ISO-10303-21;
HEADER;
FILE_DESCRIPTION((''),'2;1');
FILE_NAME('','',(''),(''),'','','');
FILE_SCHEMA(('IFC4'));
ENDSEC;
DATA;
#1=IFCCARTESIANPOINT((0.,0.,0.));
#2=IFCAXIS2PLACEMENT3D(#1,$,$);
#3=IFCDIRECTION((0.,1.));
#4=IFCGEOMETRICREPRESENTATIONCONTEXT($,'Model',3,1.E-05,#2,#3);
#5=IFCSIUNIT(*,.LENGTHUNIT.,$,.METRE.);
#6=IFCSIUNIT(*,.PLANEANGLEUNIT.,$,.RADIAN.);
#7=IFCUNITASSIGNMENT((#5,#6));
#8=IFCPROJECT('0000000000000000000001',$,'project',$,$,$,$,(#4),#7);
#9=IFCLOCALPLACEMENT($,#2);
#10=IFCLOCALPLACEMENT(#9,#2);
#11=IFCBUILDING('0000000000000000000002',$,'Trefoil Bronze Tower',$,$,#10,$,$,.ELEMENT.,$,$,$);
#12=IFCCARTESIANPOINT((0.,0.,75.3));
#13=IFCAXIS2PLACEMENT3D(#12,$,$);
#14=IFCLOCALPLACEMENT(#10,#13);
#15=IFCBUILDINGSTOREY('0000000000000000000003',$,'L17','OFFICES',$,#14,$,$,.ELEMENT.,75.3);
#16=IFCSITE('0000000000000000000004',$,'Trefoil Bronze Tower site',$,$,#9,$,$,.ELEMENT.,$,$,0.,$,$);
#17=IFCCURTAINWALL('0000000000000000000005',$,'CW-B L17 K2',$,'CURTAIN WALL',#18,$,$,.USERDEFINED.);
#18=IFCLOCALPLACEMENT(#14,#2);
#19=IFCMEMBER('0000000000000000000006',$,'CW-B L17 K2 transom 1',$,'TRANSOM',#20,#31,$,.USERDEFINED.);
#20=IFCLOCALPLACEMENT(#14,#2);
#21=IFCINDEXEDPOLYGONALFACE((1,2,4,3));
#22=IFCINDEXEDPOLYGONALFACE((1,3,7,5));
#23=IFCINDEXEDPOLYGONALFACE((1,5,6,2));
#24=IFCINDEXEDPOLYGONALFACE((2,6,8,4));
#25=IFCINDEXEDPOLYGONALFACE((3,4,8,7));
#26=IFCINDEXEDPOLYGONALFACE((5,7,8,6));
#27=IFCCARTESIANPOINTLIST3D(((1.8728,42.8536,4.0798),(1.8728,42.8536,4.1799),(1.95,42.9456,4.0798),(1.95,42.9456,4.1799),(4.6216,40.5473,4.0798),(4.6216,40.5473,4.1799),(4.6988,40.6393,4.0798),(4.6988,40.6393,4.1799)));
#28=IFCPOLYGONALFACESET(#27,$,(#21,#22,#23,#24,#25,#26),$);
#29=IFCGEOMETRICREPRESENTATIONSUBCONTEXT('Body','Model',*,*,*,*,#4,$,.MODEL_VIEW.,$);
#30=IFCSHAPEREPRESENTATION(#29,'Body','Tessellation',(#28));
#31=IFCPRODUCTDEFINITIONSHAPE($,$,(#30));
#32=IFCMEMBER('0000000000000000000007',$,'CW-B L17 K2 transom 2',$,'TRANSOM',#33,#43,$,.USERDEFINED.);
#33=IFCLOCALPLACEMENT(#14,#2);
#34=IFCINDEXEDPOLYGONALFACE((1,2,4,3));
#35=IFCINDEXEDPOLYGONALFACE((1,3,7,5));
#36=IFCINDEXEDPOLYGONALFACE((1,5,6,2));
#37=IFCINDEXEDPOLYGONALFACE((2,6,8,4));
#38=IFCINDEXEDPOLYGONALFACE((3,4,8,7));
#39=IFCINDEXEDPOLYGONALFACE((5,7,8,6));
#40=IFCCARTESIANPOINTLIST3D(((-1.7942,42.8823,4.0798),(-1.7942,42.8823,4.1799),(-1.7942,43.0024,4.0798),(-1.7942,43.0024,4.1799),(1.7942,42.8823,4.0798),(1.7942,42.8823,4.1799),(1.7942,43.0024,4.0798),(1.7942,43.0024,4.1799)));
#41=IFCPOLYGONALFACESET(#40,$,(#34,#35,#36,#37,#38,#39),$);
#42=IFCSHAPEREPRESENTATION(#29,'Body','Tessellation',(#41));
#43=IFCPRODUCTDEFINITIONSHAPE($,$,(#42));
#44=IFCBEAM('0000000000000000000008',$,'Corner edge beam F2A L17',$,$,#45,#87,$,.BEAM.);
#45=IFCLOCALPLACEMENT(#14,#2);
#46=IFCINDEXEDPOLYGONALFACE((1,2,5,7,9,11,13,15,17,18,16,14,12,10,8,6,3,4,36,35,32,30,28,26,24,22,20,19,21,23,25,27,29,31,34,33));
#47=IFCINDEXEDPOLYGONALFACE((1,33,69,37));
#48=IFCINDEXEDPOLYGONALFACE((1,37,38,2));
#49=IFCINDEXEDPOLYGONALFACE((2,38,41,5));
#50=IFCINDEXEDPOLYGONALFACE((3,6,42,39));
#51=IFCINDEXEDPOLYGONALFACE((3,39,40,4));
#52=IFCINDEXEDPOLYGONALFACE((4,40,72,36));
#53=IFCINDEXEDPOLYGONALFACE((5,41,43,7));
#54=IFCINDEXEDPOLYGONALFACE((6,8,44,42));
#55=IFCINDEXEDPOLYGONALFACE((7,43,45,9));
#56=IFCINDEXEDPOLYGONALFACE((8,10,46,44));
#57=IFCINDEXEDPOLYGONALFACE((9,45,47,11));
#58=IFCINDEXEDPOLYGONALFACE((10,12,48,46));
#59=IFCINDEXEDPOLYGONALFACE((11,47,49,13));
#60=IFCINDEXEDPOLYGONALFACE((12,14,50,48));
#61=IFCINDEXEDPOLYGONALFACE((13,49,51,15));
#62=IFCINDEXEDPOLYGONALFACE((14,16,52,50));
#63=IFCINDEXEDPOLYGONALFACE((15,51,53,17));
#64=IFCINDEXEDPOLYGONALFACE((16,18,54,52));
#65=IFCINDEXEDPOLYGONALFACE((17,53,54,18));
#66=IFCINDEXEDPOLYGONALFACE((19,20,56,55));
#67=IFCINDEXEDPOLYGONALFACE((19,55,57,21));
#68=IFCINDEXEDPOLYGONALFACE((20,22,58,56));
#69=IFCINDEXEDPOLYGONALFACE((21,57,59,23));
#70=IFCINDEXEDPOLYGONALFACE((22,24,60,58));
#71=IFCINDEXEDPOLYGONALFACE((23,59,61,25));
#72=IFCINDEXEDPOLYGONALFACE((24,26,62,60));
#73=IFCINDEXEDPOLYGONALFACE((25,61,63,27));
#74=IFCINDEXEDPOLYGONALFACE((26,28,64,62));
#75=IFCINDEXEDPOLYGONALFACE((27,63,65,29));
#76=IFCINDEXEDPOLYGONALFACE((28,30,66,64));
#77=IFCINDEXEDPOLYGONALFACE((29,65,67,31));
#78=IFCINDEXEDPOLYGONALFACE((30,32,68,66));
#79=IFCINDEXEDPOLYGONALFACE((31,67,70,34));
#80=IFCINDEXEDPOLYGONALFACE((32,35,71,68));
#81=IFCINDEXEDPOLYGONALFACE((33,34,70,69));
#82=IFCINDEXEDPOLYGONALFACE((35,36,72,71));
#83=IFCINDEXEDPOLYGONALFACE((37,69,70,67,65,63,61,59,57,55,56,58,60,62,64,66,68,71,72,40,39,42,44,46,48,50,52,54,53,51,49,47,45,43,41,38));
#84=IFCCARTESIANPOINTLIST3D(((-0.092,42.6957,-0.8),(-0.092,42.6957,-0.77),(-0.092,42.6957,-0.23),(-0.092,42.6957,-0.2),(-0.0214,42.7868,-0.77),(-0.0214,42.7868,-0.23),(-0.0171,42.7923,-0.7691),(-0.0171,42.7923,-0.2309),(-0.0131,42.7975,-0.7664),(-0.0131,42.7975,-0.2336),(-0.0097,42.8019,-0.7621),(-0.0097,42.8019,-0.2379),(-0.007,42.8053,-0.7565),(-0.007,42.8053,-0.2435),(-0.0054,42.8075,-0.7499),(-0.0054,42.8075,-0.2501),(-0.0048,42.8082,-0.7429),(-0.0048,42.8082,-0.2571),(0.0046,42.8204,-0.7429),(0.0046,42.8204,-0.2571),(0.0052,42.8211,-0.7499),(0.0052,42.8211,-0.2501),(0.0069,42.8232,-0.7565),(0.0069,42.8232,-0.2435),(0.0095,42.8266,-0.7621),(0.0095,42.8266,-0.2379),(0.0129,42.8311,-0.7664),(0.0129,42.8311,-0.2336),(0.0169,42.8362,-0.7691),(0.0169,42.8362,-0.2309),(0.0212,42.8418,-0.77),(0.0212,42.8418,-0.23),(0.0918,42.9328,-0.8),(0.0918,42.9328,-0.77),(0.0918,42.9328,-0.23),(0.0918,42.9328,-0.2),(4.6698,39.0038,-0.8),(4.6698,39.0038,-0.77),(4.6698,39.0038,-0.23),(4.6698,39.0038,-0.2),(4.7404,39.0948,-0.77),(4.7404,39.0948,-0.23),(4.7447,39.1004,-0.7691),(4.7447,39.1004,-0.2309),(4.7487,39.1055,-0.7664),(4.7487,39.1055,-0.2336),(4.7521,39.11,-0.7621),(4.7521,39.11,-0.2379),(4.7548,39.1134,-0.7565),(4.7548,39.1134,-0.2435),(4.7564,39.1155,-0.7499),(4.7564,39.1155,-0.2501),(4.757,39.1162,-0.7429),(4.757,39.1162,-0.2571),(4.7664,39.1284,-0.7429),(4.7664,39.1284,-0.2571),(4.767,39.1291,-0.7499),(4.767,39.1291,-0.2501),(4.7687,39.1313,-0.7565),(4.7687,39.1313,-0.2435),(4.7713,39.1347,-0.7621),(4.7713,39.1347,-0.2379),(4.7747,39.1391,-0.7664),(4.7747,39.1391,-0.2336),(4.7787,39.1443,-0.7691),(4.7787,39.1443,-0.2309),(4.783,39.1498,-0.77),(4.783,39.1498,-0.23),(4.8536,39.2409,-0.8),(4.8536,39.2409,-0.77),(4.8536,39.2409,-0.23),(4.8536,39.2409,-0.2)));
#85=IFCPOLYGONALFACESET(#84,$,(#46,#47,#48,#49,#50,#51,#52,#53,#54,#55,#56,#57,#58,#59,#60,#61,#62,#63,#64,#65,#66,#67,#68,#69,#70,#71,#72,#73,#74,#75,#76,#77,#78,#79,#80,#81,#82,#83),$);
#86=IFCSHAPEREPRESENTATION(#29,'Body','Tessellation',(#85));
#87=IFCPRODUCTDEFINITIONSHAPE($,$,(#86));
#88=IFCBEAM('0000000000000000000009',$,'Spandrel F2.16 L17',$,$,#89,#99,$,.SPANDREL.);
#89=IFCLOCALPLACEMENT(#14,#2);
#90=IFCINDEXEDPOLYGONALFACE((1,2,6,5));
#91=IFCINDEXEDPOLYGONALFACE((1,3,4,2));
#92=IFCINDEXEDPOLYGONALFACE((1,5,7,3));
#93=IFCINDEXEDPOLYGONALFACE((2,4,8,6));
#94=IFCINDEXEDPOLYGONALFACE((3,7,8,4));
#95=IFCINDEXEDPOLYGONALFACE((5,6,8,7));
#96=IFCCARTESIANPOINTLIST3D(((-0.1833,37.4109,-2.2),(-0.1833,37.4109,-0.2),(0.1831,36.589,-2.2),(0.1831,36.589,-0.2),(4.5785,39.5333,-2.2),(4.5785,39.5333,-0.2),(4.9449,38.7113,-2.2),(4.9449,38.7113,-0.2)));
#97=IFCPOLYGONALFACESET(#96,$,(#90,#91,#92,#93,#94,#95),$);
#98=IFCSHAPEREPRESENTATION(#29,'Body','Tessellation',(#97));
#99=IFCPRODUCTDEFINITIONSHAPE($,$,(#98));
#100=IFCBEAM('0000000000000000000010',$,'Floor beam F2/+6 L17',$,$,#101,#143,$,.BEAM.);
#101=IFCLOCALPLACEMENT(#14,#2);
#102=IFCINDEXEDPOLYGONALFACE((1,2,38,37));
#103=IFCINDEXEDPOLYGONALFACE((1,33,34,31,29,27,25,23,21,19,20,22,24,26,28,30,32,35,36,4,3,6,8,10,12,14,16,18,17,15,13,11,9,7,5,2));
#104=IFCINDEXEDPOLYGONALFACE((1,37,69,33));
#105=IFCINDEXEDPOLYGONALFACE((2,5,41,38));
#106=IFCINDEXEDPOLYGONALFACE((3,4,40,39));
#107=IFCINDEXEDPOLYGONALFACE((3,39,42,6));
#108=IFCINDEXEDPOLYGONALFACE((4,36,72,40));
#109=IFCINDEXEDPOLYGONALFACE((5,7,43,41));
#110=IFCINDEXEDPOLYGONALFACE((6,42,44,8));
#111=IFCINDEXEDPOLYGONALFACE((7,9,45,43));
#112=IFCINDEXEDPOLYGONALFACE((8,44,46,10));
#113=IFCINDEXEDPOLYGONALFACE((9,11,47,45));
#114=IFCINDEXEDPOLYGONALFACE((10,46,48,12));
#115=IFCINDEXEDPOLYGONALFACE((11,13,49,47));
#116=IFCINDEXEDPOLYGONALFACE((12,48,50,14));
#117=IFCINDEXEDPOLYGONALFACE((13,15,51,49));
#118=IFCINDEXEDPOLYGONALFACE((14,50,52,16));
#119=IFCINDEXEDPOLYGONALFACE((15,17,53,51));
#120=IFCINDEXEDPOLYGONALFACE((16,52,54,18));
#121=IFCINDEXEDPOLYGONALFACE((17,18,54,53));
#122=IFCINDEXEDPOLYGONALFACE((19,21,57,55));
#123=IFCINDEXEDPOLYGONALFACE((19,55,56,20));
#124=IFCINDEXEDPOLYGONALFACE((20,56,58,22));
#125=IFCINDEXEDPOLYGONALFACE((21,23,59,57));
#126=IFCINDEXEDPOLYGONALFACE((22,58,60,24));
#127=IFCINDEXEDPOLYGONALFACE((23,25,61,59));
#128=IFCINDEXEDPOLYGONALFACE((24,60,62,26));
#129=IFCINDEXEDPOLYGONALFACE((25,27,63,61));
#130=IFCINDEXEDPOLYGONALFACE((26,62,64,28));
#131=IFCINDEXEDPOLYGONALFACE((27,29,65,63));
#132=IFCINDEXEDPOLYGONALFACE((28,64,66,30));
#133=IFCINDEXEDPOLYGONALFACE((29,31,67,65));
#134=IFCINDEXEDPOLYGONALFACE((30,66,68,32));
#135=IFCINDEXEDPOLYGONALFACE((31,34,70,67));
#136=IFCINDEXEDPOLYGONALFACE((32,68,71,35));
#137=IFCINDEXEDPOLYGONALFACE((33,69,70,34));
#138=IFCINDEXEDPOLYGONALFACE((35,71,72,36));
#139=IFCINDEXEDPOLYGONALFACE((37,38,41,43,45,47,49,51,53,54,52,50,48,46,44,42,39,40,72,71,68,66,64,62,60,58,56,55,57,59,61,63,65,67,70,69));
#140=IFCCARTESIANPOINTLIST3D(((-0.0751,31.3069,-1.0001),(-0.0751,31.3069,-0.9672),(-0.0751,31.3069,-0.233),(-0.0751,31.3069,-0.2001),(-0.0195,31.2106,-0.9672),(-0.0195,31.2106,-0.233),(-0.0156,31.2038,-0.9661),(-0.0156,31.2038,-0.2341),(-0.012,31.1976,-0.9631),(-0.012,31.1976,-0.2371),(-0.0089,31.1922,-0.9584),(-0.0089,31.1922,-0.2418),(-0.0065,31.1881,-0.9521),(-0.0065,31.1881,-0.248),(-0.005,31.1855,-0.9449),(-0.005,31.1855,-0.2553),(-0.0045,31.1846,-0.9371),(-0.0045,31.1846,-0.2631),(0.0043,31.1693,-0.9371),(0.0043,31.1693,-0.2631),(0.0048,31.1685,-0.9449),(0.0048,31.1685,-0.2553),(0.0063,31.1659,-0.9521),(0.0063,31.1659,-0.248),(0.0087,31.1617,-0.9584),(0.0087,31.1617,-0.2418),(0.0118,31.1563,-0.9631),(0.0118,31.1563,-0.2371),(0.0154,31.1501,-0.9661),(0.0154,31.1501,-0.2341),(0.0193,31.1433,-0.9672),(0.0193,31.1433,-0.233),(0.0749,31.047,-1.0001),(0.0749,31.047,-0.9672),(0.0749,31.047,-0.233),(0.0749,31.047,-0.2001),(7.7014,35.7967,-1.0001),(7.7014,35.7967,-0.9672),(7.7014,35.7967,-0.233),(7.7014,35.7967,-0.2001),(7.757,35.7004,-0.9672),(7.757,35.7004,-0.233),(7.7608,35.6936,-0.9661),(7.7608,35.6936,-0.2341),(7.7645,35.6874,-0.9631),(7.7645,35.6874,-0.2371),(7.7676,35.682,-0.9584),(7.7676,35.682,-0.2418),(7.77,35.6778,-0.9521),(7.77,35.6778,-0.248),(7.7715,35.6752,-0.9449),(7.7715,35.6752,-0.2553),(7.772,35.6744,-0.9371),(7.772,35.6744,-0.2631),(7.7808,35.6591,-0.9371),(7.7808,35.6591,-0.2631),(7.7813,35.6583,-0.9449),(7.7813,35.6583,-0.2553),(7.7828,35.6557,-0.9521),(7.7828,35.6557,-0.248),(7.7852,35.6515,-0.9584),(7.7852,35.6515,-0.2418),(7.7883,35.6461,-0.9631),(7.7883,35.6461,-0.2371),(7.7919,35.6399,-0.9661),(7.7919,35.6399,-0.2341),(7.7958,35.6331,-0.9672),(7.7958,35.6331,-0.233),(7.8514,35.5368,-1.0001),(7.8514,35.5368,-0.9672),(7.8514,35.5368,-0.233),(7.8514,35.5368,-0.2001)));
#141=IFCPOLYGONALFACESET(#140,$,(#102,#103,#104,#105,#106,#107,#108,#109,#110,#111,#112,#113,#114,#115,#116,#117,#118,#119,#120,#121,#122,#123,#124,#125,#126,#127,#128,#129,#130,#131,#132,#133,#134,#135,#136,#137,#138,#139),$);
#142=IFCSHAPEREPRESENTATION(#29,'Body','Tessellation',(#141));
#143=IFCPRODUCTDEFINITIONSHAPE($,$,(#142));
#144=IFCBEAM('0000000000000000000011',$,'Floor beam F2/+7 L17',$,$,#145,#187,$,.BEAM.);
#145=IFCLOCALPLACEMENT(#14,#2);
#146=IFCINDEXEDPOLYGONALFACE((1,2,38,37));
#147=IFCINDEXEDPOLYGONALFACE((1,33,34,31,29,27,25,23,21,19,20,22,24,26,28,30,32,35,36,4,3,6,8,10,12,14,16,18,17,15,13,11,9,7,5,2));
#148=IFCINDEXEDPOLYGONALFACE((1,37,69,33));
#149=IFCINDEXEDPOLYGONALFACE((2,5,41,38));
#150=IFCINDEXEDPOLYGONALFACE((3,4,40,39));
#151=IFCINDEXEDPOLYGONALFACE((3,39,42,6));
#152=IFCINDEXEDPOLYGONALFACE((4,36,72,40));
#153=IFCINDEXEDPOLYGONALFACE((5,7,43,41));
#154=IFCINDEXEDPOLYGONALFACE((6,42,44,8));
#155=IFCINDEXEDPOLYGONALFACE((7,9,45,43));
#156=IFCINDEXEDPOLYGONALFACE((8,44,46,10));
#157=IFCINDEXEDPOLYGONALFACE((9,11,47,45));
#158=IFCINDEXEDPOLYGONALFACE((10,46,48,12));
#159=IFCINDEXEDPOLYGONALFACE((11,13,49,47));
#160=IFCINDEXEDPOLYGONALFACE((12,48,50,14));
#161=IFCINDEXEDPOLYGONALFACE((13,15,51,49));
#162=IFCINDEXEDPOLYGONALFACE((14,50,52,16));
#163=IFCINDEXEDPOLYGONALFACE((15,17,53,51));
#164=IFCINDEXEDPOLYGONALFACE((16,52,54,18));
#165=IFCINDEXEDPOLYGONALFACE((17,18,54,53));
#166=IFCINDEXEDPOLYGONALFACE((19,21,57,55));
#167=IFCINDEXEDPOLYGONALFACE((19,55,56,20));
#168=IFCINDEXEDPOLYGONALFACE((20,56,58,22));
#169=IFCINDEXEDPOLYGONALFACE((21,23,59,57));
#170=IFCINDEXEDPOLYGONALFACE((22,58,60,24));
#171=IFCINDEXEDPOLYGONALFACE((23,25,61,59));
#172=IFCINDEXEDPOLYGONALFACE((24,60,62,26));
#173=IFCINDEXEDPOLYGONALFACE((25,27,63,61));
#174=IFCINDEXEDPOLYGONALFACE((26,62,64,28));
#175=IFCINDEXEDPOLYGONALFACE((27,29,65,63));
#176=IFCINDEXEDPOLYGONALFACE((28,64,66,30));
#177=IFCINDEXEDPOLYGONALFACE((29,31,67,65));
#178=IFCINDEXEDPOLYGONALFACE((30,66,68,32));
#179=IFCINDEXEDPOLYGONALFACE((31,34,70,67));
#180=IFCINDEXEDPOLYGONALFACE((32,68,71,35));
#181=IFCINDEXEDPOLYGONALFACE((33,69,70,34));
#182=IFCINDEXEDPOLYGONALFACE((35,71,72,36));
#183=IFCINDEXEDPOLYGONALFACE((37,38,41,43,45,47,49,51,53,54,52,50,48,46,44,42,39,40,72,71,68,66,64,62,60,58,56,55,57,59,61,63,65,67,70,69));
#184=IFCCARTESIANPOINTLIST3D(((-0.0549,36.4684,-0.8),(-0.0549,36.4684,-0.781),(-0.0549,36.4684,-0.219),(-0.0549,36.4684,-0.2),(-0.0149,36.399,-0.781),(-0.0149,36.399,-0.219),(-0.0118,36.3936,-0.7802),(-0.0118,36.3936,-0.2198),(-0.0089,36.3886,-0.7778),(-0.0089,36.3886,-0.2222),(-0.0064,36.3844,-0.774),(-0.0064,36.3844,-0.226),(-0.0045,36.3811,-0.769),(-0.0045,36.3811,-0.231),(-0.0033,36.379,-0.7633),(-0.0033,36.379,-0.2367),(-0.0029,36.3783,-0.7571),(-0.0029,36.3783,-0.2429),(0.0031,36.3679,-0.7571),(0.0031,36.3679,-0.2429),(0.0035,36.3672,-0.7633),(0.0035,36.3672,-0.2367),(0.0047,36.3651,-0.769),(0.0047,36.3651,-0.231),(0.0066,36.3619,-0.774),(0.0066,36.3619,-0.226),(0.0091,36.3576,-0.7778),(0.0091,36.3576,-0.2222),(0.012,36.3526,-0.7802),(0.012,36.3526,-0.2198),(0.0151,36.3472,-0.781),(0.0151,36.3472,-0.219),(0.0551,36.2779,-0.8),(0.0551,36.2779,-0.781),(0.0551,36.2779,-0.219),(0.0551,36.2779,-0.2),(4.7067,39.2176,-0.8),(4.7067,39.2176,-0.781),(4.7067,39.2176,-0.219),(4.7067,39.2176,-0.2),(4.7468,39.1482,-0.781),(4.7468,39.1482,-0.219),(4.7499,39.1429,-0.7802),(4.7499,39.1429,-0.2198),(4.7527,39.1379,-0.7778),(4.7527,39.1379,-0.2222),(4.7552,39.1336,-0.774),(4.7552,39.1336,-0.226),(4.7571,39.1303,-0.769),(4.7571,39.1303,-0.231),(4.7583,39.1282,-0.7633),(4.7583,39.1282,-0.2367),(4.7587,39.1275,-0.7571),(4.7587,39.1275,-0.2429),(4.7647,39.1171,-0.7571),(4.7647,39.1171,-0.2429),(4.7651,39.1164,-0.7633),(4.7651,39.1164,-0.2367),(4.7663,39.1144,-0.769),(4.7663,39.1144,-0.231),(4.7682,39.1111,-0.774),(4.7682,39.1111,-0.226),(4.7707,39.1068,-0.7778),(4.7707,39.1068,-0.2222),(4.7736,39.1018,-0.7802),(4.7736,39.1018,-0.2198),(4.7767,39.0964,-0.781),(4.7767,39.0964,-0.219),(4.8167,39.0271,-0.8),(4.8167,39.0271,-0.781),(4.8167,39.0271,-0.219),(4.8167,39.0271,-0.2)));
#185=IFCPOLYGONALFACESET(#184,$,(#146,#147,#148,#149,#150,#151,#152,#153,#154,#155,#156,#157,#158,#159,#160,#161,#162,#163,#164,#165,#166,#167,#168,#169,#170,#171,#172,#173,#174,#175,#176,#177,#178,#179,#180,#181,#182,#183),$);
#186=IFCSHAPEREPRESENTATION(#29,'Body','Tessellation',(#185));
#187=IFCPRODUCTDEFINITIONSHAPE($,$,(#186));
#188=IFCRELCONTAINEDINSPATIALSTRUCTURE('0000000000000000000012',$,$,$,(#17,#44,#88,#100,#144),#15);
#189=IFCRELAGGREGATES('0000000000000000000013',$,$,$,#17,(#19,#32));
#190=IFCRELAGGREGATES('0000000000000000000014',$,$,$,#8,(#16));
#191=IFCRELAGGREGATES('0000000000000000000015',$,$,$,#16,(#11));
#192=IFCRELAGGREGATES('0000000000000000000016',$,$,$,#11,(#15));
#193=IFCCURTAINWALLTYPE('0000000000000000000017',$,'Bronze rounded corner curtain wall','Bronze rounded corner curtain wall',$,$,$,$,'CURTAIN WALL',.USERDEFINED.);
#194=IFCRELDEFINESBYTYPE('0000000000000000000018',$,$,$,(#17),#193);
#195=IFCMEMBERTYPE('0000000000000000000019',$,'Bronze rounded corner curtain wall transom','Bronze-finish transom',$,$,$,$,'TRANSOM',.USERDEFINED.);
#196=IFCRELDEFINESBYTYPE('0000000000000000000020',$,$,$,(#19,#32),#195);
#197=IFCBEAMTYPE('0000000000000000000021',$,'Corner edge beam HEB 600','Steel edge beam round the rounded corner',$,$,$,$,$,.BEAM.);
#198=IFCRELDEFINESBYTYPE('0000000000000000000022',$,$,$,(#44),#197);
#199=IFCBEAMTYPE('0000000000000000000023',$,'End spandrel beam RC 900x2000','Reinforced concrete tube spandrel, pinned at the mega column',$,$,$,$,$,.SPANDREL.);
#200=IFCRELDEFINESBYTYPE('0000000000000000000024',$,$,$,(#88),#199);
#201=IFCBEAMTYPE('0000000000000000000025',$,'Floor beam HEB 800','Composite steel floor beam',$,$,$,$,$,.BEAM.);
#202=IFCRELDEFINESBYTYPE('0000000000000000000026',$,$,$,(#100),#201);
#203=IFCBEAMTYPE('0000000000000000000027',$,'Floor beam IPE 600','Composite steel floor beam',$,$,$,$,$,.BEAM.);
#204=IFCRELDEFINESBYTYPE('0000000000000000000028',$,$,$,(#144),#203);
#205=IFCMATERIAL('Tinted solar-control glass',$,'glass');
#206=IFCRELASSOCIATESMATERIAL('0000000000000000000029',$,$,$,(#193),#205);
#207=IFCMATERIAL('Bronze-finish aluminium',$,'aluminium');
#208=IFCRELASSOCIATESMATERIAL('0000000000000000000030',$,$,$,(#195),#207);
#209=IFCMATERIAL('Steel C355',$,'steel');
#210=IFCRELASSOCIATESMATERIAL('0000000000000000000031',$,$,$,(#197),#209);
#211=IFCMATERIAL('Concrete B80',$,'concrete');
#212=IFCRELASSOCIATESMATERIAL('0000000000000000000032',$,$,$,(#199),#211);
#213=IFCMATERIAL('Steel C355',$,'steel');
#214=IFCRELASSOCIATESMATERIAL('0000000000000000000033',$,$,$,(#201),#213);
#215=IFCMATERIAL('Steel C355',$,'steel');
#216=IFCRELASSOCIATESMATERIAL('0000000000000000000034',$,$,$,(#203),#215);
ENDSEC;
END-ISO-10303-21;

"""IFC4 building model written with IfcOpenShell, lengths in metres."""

from ifc_helpers import new_model, si_unit, direction, frame, origin, origin_2d, place, context, subcontext, project, spatial, rectangle, i_section, extrude, material, material_profile, profile_set, type_object, element, aggregate, save


model = new_model("IFC4")

# Units and contexts
model_context = context("Model", 3, precision=1e-05, world=origin(), true_north=direction((0.0, 1.0)))
body_context = subcontext(model_context, "Body", "Model", "MODEL_VIEW")
ifc_project = project(units=[si_unit("LENGTHUNIT", "METRE"), si_unit("PLANEANGLEUNIT", "RADIAN")], contexts=[model_context])

# Site, building, storey
site_placement = place(None, origin())
site = spatial("IfcSite", under=ifc_project, at=site_placement, Name="Trefoil Bronze Tower site", CompositionType="ELEMENT", RefElevation=0.0)
building_placement = place(site_placement, origin())
building = spatial("IfcBuilding", under=site, at=building_placement, Name="Trefoil Bronze Tower", CompositionType="ELEMENT")
storey_placement = place(building_placement, frame((0.0, 0.0, 75.3)))
storey = spatial("IfcBuildingStorey", under=building, at=storey_placement, Name="L17", Description="OFFICES", CompositionType="ELEMENT", Elevation=75.3)

# Curtain wall, members
ifc_material_1 = material(Name="Tinted solar-control glass", Category="glass")
curtain_wall_type_1 = type_object("IfcCurtainWallType", Name="Bronze rounded corner curtain wall", Description="Bronze rounded corner curtain wall", ElementType="CURTAIN WALL", PredefinedType="USERDEFINED", material=ifc_material_1)
curtain_wall_1_placement = place(storey_placement, origin())
curtain_wall_1 = element("IfcCurtainWall", 1, at=curtain_wall_1_placement, inside=storey, type_object=curtain_wall_type_1, Name="CW-B L17 K2", ObjectType="CURTAIN WALL", PredefinedType="USERDEFINED")
ifc_material_2 = material(Name="Bronze-finish aluminium", Category="aluminium")
ifc_material_profile_1 = material_profile(ifc_material_2, rectangle(XDim=0.1201, YDim=0.1001, at=origin_2d()), Name="CW-B transom")
ifc_profile_set_1 = profile_set([ifc_material_profile_1], Name="Bronze-finish aluminium")
member_type_1 = type_object("IfcMemberType", Name="Bronze rounded corner curtain wall transom", Description="Bronze-finish transom", ElementType="TRANSOM", PredefinedType="USERDEFINED", material=ifc_profile_set_1)
member_1_placement = place(storey_placement, frame((4.6602, 40.5933, 4.1299), z_axis=(-0.766059, 0.642771, 0.0), x_axis=(-0.642771, -0.766059, 0.0)))
member_1 = element("IfcMember", 2, at=member_1_placement, type_object=member_type_1, Name="CW-B L17 K2 transom 1", ObjectType="TRANSOM", PredefinedType="USERDEFINED", context=body_context, shape_type="SweptSolid", body=[
    extrude(rectangle(XDim=0.1201, YDim=0.1001, at=origin_2d()), origin(), (0.0, 0.0, 1.0), 3.5881),
])
member_2_placement = place(storey_placement, frame((1.7942, 42.9424, 4.1299), z_axis=(-1.0, 0.0, 0.0), x_axis=(0.0, -1.0, 0.0)))
member_2 = element("IfcMember", 3, at=member_2_placement, type_object=member_type_1, Name="CW-B L17 K2 transom 2", ObjectType="TRANSOM", PredefinedType="USERDEFINED", context=body_context, shape_type="SweptSolid", body=[
    extrude(rectangle(XDim=0.1201, YDim=0.1001, at=origin_2d()), origin(), (0.0, 0.0, 1.0), 3.5884),
])

# Beams
ifc_material_3 = material(Name="Steel C355", Category="steel")
ifc_material_profile_2 = material_profile(ifc_material_3, i_section(OverallWidth=0.3, OverallDepth=0.6001, WebThickness=0.0154, FlangeThickness=0.03, FilletRadius=0.0271, at=origin_2d()), Name="HEB 600")
ifc_profile_set_2 = profile_set([ifc_material_profile_2], Name="Steel C355")
beam_type_1 = type_object("IfcBeamType", Name="Corner edge beam HEB 600", Description="Steel edge beam round the rounded corner", PredefinedType="BEAM", material=ifc_profile_set_2)
beam_1_placement = place(storey_placement, frame((4.7617, 39.1223, -0.5), z_axis=(-0.790289, 0.612734, 0.0), x_axis=(-0.612734, -0.790289, 0.0)))
element("IfcBeam", 4, at=beam_1_placement, inside=storey, type_object=beam_type_1, Name="Corner edge beam F2A L17", PredefinedType="BEAM", context=body_context, shape_type="SweptSolid", body=[
    extrude(i_section(OverallWidth=0.3, OverallDepth=0.6001, WebThickness=0.0154, FlangeThickness=0.03, FilletRadius=0.0271, at=origin_2d()), origin(), (0.0, 0.0, 1.0), 6.0254),
])
ifc_material_4 = material(Name="Concrete B80", Category="concrete")
ifc_material_profile_3 = material_profile(ifc_material_4, rectangle(XDim=0.8999, YDim=2.0, at=origin_2d()), Name="RC 900x2000")
ifc_profile_set_3 = profile_set([ifc_material_profile_3], Name="Concrete B80")
beam_type_2 = type_object("IfcBeamType", Name="End spandrel beam RC 900x2000", Description="Reinforced concrete tube spandrel, pinned at the mega column", PredefinedType="SPANDREL", material=ifc_profile_set_3)
beam_2_placement = place(storey_placement, frame((4.7617, 39.1223, -1.2), z_axis=(-0.913384, -0.407099, 0.0), x_axis=(0.407099, -0.913384, 0.0)))
element("IfcBeam", 5, at=beam_2_placement, inside=storey, type_object=beam_type_2, Name="Spandrel F2.16 L17", PredefinedType="SPANDREL", context=body_context, shape_type="SweptSolid", body=[
    extrude(rectangle(XDim=0.8999, YDim=2.0, at=origin_2d()), origin(), (0.0, 0.0, 1.0), 5.2134),
])
ifc_material_5 = material(Name="Steel C355", Category="steel")
ifc_material_profile_4 = material_profile(ifc_material_5, i_section(OverallWidth=0.3, OverallDepth=0.8, WebThickness=0.0176, FlangeThickness=0.033, FilletRadius=0.03, at=origin_2d()), Name="HEB 800")
ifc_profile_set_4 = profile_set([ifc_material_profile_4], Name="Steel C355")
beam_type_3 = type_object("IfcBeamType", Name="Floor beam HEB 800", Description="Composite steel floor beam", PredefinedType="BEAM", material=ifc_profile_set_4)
beam_3_placement = place(storey_placement, frame((7.7764, 35.6667, -0.6001), z_axis=(-0.866023, -0.500005, 0.0), x_axis=(0.500005, -0.866023, 0.0)))
element("IfcBeam", 6, at=beam_3_placement, inside=storey, type_object=beam_type_3, Name="Floor beam F2/+6 L17", PredefinedType="BEAM", context=body_context, shape_type="SweptSolid", body=[
    extrude(i_section(OverallWidth=0.3, OverallDepth=0.8, WebThickness=0.0176, FlangeThickness=0.033, FilletRadius=0.03, at=origin_2d()), origin(), (0.0, 0.0, 1.0), 8.9795),
])
ifc_material_6 = material(Name="Steel C355", Category="steel")
ifc_material_profile_5 = material_profile(ifc_material_6, i_section(OverallWidth=0.22, OverallDepth=0.6001, WebThickness=0.012, FlangeThickness=0.019, FilletRadius=0.0239, at=origin_2d()), Name="IPE 600")
ifc_profile_set_5 = profile_set([ifc_material_profile_5], Name="Steel C355")
beam_type_4 = type_object("IfcBeamType", Name="Floor beam IPE 600", Description="Composite steel floor beam", PredefinedType="BEAM", material=ifc_profile_set_5)
beam_4_placement = place(storey_placement, frame((4.7617, 39.1223, -0.5), z_axis=(-0.866018, -0.500012, 0.0), x_axis=(0.500012, -0.866018, 0.0)))
element("IfcBeam", 7, at=beam_4_placement, inside=storey, type_object=beam_type_4, Name="Floor beam F2/+7 L17", PredefinedType="BEAM", context=body_context, shape_type="SweptSolid", body=[
    extrude(i_section(OverallWidth=0.22, OverallDepth=0.6001, WebThickness=0.012, FlangeThickness=0.019, FilletRadius=0.0239, at=origin_2d()), origin(), (0.0, 0.0, 1.0), 5.4983),
])

aggregate(curtain_wall_1, [member_1, member_2])

save(model, "model.ifc")
